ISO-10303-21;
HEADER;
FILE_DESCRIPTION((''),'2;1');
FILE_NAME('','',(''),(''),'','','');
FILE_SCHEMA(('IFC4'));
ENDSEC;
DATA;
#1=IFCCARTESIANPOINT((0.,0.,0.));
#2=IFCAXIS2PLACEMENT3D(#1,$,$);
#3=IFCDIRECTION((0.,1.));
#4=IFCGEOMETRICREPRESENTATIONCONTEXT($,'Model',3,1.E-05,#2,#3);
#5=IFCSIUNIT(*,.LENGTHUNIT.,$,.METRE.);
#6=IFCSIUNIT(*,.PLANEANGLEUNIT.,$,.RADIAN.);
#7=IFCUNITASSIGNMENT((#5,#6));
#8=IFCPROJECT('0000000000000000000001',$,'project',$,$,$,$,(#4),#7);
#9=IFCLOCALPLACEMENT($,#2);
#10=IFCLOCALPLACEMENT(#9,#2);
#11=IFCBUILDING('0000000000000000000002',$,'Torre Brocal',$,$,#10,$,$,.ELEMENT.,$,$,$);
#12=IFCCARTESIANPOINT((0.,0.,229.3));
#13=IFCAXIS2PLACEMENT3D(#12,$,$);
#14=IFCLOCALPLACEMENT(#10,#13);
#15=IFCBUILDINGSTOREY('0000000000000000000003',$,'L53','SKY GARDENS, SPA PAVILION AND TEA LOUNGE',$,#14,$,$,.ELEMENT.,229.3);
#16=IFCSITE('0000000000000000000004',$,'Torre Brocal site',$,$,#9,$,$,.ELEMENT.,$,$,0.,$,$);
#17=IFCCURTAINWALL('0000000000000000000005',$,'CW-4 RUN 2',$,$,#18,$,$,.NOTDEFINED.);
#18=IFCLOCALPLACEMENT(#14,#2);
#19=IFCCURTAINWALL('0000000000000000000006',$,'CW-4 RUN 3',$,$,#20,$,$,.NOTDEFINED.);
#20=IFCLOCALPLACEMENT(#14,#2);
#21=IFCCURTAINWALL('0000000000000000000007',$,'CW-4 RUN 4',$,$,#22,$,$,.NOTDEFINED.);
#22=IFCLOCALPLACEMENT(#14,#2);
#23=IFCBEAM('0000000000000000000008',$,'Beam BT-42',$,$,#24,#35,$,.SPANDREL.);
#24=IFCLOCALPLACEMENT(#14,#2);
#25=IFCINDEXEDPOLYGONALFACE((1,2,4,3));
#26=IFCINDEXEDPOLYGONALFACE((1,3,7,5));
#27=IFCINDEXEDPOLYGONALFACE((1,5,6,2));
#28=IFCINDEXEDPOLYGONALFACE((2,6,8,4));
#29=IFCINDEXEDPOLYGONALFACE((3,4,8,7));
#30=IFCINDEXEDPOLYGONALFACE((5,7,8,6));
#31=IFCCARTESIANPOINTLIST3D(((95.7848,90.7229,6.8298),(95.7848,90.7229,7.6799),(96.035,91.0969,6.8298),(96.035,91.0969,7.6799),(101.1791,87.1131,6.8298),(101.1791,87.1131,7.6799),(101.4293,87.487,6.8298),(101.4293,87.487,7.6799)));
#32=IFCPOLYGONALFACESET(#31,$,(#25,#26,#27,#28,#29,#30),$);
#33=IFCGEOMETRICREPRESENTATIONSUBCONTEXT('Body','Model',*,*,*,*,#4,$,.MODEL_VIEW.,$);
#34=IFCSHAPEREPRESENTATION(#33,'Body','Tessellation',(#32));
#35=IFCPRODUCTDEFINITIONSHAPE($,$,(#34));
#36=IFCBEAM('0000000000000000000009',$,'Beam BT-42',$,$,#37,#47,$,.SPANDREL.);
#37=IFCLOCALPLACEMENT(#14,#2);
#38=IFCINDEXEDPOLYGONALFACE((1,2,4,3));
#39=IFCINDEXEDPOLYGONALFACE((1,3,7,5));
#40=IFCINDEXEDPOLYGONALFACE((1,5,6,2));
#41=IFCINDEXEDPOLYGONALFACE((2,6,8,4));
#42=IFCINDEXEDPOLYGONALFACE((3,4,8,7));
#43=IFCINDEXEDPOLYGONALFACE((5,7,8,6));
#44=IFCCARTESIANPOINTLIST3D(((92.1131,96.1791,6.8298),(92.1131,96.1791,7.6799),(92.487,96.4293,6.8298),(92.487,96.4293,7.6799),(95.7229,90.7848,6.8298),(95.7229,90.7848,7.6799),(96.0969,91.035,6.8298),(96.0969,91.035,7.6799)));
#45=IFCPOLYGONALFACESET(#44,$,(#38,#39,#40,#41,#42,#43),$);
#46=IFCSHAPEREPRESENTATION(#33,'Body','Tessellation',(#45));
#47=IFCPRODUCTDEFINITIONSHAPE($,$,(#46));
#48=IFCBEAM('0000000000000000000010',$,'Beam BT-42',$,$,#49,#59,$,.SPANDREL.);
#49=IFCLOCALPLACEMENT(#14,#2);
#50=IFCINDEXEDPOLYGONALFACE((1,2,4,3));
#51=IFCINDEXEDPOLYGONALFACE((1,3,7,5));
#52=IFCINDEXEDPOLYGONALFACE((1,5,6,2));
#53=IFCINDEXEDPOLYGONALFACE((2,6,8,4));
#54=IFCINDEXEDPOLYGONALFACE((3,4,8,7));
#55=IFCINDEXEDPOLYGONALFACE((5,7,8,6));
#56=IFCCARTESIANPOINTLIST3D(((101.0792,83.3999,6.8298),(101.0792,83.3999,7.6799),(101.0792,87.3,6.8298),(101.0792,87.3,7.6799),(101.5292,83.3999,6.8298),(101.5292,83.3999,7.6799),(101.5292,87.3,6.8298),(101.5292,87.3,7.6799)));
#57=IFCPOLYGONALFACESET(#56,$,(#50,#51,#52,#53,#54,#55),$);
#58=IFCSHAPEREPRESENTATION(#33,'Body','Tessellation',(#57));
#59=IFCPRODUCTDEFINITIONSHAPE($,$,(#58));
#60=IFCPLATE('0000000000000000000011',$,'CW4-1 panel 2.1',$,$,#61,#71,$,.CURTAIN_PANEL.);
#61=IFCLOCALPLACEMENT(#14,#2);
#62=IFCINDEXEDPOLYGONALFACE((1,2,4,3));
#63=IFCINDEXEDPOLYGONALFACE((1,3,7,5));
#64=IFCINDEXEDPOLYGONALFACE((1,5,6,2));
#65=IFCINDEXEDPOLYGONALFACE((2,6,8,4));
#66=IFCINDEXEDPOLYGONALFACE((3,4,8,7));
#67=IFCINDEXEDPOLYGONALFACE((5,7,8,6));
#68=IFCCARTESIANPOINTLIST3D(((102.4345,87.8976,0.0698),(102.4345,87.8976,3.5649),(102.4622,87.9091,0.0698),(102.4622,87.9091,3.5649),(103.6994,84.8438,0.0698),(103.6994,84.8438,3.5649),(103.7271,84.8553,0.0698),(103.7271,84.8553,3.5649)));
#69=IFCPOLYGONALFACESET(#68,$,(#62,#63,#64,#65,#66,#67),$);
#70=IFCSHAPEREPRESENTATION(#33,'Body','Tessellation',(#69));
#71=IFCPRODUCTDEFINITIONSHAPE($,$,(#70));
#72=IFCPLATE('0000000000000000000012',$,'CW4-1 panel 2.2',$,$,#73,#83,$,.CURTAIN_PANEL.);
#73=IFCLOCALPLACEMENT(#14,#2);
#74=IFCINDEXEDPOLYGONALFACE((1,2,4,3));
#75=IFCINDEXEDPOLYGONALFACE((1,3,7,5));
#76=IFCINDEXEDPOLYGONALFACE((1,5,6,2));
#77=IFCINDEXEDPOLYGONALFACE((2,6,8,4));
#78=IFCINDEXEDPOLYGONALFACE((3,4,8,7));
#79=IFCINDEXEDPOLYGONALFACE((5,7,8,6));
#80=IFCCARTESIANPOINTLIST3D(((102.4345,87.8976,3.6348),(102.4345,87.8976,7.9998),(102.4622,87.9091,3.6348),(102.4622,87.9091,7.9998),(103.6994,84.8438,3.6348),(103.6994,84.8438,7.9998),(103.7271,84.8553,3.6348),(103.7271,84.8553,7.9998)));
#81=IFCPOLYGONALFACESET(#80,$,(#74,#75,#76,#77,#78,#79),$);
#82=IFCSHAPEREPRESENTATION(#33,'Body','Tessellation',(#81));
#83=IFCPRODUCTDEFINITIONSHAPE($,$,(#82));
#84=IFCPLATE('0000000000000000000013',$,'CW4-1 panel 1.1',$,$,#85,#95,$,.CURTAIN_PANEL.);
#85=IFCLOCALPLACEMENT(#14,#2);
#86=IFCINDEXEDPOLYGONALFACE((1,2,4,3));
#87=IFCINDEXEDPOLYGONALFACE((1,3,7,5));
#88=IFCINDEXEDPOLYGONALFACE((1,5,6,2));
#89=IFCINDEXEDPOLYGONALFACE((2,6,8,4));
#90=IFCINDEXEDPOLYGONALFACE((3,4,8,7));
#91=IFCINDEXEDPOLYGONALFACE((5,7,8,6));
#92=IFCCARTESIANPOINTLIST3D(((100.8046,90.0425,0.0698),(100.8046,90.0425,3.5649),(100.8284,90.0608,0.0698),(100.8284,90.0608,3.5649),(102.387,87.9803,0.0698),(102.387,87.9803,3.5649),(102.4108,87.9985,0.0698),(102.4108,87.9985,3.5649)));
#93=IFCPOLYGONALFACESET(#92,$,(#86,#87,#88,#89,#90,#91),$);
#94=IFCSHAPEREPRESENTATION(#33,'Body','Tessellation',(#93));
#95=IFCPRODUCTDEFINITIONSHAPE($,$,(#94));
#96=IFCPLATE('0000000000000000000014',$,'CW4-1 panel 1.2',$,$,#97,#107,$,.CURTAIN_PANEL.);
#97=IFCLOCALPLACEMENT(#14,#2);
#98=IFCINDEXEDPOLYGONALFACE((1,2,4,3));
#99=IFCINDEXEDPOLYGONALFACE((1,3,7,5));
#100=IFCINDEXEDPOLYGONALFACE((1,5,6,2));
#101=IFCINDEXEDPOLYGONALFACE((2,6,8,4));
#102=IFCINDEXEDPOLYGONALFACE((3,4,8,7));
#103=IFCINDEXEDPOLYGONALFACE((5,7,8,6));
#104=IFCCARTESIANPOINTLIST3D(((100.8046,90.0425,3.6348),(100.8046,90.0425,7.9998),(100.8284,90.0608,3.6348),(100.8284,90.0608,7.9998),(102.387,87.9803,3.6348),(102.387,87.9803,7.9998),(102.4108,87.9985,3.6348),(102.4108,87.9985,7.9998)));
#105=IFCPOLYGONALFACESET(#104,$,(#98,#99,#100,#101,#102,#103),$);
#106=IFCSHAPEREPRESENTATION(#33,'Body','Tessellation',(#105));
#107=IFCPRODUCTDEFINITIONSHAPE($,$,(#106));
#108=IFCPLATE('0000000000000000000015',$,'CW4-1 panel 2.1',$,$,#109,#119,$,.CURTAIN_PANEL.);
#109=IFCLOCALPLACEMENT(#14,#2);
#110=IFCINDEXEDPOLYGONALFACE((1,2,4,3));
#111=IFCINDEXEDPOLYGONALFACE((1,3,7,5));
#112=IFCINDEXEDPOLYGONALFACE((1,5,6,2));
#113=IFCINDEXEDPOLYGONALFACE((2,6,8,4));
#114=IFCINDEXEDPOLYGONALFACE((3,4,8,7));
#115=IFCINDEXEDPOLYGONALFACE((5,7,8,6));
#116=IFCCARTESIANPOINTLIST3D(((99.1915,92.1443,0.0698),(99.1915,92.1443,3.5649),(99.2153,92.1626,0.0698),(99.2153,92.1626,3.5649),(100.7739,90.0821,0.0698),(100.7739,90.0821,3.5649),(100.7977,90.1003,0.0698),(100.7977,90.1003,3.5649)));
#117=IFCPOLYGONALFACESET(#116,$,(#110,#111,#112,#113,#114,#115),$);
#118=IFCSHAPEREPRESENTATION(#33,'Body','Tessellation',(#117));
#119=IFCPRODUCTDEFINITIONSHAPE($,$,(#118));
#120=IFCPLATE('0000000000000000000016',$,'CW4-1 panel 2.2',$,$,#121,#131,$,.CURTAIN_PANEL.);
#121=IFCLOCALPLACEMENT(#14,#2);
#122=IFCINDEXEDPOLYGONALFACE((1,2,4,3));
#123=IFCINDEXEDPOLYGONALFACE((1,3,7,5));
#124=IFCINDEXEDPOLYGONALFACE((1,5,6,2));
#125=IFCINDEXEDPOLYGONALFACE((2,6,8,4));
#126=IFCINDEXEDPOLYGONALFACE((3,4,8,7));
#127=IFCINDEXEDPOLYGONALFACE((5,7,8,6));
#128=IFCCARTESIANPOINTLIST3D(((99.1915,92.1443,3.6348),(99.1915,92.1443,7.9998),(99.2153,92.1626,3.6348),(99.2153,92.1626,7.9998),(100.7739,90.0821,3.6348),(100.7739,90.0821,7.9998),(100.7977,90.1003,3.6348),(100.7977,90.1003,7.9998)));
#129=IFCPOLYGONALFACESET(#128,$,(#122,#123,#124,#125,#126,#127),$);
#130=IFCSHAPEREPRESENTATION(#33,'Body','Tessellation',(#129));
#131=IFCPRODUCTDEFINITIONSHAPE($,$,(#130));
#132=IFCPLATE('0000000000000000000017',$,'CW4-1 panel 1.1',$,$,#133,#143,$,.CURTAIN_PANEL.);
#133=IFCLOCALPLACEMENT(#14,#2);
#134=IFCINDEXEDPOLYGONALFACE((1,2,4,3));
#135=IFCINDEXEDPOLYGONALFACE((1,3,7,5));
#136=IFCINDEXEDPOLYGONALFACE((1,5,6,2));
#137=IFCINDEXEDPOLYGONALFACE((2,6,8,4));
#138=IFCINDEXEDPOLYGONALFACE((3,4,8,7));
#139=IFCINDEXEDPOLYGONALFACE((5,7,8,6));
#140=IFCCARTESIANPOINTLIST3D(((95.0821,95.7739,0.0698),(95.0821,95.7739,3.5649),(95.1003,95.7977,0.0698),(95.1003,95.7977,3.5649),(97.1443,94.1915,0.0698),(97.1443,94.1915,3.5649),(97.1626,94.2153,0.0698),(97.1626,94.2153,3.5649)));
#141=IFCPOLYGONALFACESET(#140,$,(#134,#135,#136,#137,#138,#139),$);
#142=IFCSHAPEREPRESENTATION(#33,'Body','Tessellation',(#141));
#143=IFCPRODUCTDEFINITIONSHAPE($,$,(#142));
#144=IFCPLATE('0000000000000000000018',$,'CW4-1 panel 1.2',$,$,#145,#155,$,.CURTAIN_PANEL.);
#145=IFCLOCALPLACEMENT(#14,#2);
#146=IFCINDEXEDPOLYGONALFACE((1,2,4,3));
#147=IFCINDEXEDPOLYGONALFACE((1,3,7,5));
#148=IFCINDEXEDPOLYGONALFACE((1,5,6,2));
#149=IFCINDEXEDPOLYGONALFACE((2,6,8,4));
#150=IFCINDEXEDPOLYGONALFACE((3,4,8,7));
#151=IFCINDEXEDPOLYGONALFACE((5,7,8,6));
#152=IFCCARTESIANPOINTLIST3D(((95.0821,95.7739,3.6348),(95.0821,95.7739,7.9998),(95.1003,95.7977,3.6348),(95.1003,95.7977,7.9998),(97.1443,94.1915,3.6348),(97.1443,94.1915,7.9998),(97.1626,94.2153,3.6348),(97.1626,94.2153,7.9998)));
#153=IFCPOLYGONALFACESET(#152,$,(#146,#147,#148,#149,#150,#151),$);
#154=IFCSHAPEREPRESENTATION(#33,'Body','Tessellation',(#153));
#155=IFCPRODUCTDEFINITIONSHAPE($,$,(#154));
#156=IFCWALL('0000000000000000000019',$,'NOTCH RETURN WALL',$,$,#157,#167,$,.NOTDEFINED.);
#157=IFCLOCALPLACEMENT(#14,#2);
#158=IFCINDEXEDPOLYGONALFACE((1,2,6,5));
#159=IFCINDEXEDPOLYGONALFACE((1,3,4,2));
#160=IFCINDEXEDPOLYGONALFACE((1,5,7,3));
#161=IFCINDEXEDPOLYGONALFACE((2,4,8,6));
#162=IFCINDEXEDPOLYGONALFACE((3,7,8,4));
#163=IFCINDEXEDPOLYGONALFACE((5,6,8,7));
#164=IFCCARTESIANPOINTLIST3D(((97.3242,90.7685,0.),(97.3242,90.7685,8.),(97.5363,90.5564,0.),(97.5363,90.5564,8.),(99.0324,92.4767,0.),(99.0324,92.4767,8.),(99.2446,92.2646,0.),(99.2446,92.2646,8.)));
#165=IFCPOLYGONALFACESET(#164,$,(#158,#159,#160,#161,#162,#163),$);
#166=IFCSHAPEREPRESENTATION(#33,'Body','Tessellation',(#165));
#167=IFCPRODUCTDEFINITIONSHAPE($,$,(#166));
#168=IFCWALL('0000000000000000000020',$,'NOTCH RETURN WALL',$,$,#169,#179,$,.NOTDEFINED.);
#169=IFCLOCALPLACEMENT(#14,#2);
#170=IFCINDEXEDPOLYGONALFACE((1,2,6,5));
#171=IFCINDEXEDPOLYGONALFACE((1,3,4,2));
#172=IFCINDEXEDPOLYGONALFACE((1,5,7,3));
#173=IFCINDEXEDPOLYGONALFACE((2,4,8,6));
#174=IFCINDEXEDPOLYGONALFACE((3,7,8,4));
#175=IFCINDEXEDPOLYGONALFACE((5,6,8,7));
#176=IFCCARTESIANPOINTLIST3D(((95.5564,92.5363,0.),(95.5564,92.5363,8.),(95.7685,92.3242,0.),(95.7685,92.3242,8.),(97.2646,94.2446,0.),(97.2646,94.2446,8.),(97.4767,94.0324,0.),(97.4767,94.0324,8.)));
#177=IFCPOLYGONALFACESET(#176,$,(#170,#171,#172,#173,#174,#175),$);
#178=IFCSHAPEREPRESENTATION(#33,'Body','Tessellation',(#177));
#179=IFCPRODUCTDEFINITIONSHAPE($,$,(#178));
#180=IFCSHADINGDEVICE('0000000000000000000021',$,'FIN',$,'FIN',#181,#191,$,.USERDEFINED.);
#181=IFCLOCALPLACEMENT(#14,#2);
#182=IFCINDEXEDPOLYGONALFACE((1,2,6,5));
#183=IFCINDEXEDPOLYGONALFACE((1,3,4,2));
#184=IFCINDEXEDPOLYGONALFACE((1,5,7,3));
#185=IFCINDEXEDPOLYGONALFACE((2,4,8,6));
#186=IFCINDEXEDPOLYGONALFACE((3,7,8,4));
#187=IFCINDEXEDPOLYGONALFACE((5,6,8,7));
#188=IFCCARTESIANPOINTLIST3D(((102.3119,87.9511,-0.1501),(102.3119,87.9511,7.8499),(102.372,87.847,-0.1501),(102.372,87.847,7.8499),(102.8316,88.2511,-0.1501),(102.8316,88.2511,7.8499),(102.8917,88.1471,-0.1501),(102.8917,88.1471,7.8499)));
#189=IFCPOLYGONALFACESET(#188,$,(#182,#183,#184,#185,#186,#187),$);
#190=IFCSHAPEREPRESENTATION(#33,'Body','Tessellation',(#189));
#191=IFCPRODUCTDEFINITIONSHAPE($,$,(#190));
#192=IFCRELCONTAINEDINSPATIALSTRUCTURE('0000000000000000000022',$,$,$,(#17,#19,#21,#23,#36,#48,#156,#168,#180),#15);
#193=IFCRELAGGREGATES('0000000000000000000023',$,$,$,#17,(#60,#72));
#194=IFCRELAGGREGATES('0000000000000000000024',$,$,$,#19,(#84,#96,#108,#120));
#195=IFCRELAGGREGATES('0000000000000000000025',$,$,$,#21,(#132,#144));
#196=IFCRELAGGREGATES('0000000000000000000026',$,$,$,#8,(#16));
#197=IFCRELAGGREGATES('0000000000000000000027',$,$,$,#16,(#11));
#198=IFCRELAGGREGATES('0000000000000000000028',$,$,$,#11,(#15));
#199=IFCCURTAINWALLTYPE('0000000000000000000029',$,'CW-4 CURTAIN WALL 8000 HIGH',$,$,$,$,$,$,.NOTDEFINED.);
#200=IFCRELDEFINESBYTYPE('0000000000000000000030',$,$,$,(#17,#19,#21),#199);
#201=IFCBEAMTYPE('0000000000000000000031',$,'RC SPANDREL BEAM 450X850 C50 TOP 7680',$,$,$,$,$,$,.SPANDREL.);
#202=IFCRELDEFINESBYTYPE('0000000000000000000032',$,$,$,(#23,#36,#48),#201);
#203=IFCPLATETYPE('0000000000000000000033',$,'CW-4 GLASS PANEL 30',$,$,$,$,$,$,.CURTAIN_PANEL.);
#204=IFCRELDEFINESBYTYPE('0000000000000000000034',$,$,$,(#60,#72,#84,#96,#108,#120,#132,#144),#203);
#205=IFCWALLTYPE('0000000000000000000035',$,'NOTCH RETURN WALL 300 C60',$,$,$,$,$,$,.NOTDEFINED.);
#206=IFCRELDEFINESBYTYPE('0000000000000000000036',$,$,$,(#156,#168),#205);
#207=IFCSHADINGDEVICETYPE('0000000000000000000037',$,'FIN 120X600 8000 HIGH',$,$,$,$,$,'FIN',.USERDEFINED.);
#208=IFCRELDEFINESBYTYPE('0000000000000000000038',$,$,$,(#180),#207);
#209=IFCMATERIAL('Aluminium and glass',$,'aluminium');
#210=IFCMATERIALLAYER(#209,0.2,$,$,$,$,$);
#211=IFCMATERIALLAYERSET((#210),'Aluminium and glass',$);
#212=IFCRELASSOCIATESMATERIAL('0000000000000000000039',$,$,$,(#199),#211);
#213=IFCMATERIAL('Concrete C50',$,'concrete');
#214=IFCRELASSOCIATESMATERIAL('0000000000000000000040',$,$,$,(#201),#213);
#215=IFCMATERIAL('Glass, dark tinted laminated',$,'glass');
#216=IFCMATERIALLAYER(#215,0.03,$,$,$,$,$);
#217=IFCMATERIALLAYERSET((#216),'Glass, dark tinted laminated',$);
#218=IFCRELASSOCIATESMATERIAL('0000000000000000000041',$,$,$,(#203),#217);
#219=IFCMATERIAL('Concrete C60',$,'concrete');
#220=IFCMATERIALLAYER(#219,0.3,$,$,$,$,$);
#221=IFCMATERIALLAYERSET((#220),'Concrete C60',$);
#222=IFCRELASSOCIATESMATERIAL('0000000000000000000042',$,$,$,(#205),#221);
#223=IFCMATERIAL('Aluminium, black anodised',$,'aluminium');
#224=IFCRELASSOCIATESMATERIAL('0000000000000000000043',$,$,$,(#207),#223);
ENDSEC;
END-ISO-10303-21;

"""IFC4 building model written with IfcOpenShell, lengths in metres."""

from ifc_helpers import new_model, si_unit, direction, frame, frame_2d, origin, origin_2d, place, context, subcontext, project, spatial, rectangle, extrude, material, layer, layer_set, material_profile, profile_set, type_object, element, aggregate, save


model = new_model("IFC4")

# Units and contexts
model_context = context("Model", 3, precision=1e-05, world=origin(), true_north=direction((0.0, 1.0)))
body_context = subcontext(model_context, "Body", "Model", "MODEL_VIEW")
ifc_project = project(units=[si_unit("LENGTHUNIT", "METRE"), si_unit("PLANEANGLEUNIT", "RADIAN")], contexts=[model_context])

# Site, building, storey
site_placement = place(None, origin())
site = spatial("IfcSite", under=ifc_project, at=site_placement, Name="Torre Brocal site", CompositionType="ELEMENT", RefElevation=0.0)
building_placement = place(site_placement, origin())
building = spatial("IfcBuilding", under=site, at=building_placement, Name="Torre Brocal", CompositionType="ELEMENT")
storey_placement = place(building_placement, frame((0.0, 0.0, 229.3)))
storey = spatial("IfcBuildingStorey", under=building, at=storey_placement, Name="L53", Description="SKY GARDENS, SPA PAVILION AND TEA LOUNGE", CompositionType="ELEMENT", Elevation=229.3)

# Curtain wall
ifc_material_1 = material(Name="Aluminium and glass", Category="aluminium")
ifc_layer_1 = layer(ifc_material_1, 0.2)
ifc_layer_set_1 = layer_set([ifc_layer_1], Name="Aluminium and glass")
curtain_wall_type = type_object("IfcCurtainWallType", Name="CW-4 CURTAIN WALL 8000 HIGH", PredefinedType="NOTDEFINED", material=ifc_layer_set_1)
curtain_wall_1_placement = place(storey_placement, origin())
curtain_wall_1 = element("IfcCurtainWall", 1, at=curtain_wall_1_placement, inside=storey, type_object=curtain_wall_type, Name="CW-4 RUN 2", PredefinedType="NOTDEFINED")

# Curtain wall
curtain_wall_2_placement = place(storey_placement, origin())
curtain_wall_2 = element("IfcCurtainWall", 2, at=curtain_wall_2_placement, inside=storey, type_object=curtain_wall_type, Name="CW-4 RUN 3", PredefinedType="NOTDEFINED")

# Curtain wall
curtain_wall_3_placement = place(storey_placement, origin())
curtain_wall_3 = element("IfcCurtainWall", 3, at=curtain_wall_3_placement, inside=storey, type_object=curtain_wall_type, Name="CW-4 RUN 4", PredefinedType="NOTDEFINED")

# Beams
ifc_material_2 = material(Name="Concrete C50", Category="concrete")
ifc_material_profile_1 = material_profile(ifc_material_2, rectangle(XDim=0.45, YDim=0.8501, at=origin_2d()), Name="RC 450X850")
ifc_profile_set_1 = profile_set([ifc_material_profile_1], Name="Concrete C50")
beam_type = type_object("IfcBeamType", Name="RC SPANDREL BEAM 450X850 C50 TOP 7680", PredefinedType="SPANDREL", material=ifc_profile_set_1)
for number, where, z_axis, x_axis, name in (
    (4, (101.3042, 87.3, 7.2549), (-0.831077, 0.556158, 0.0), (-0.556158, -0.831077, 0.0), "Beam BT-42"),
    (5, (95.9099, 90.9099, 7.2549), (-0.556158, 0.831077, 0.0), (-0.831077, -0.556158, 0.0), "Beam BT-42"),
):
    element("IfcBeam", number, at=place(storey_placement, frame(where, z_axis=z_axis, x_axis=x_axis)), inside=storey, type_object=beam_type, Name=name, PredefinedType="SPANDREL", context=body_context, shape_type="SweptSolid", body=[
        extrude(rectangle(XDim=0.45, YDim=0.8501, at=origin_2d()), origin(), (0.0, 0.0, 1.0), 6.4907),
    ])
beam_placement = place(storey_placement, frame((101.3042, 87.3, 7.2549), z_axis=(0.0, -1.0, 0.0), x_axis=(1.0, 0.0, 0.0)))
element("IfcBeam", 6, at=beam_placement, inside=storey, type_object=beam_type, Name="Beam BT-42", PredefinedType="SPANDREL", context=body_context, shape_type="SweptSolid", body=[
    extrude(rectangle(XDim=0.45, YDim=0.8501, at=origin_2d()), origin(), (0.0, 0.0, 1.0), 3.9001),
])

# Plates
ifc_material_3 = material(Name="Glass, dark tinted laminated", Category="glass")
ifc_layer_2 = layer(ifc_material_3, 0.03)
ifc_layer_set_2 = layer_set([ifc_layer_2], Name="Glass, dark tinted laminated")
plate_type = type_object("IfcPlateType", Name="CW-4 GLASS PANEL 30", PredefinedType="CURTAIN_PANEL", material=ifc_layer_set_2)
plate_1_placement = place(storey_placement, frame((103.0808, 86.3765, 0.0698), z_axis=(0.0, 0.0, 1.0), x_axis=(-0.382683, 0.92388, 0.0)))
plate_1 = element("IfcPlate", 7, at=plate_1_placement, type_object=plate_type, Name="CW4-1 panel 2.1", PredefinedType="CURTAIN_PANEL", context=body_context, shape_type="SweptSolid", body=[
    extrude(rectangle(XDim=3.3054, YDim=0.03, at=origin_2d()), origin(), (0.0, 0.0, 1.0), 3.4951),
])
plate_2_placement = place(storey_placement, frame((103.0808, 86.3765, 3.6348), z_axis=(0.0, 0.0, 1.0), x_axis=(-0.382683, 0.92388, 0.0)))
plate_2 = element("IfcPlate", 8, at=plate_2_placement, type_object=plate_type, Name="CW4-1 panel 2.2", PredefinedType="CURTAIN_PANEL", context=body_context, shape_type="SweptSolid", body=[
    extrude(rectangle(XDim=3.3054, YDim=0.03, at=origin_2d()), origin(), (0.0, 0.0, 1.0), 4.365),
])
aggregate(curtain_wall_1, [plate_1, plate_2])
plate_3_placement = place(storey_placement, frame((101.6077, 89.0205, 0.0698), z_axis=(0.0, 0.0, 1.0), x_axis=(-0.608761, 0.793353, 0.0)))
plate_3 = element("IfcPlate", 9, at=plate_3_placement, type_object=plate_type, Name="CW4-1 panel 1.1", PredefinedType="CURTAIN_PANEL", context=body_context, shape_type="SweptSolid", body=[
    extrude(rectangle(XDim=2.5994, YDim=0.03, at=origin_2d()), origin(), (0.0, 0.0, 1.0), 3.4951),
])
plate_4_placement = place(storey_placement, frame((101.6077, 89.0205, 3.6348), z_axis=(0.0, 0.0, 1.0), x_axis=(-0.608761, 0.793353, 0.0)))
plate_4 = element("IfcPlate", 10, at=plate_4_placement, type_object=plate_type, Name="CW4-1 panel 1.2", PredefinedType="CURTAIN_PANEL", context=body_context, shape_type="SweptSolid", body=[
    extrude(rectangle(XDim=2.5994, YDim=0.03, at=origin_2d()), origin(), (0.0, 0.0, 1.0), 4.365),
])
plate_5_placement = place(storey_placement, frame((99.9946, 91.1223, 0.0698), z_axis=(0.0, 0.0, 1.0), x_axis=(-0.608761, 0.793353, 0.0)))
plate_5 = element("IfcPlate", 11, at=plate_5_placement, type_object=plate_type, Name="CW4-1 panel 2.1", PredefinedType="CURTAIN_PANEL", context=body_context, shape_type="SweptSolid", body=[
    extrude(rectangle(XDim=2.5994, YDim=0.03, at=origin_2d()), origin(), (0.0, 0.0, 1.0), 3.4951),
])
plate_6_placement = place(storey_placement, frame((99.9946, 91.1223, 3.6348), z_axis=(0.0, 0.0, 1.0), x_axis=(-0.608761, 0.793353, 0.0)))
plate_6 = element("IfcPlate", 12, at=plate_6_placement, type_object=plate_type, Name="CW4-1 panel 2.2", PredefinedType="CURTAIN_PANEL", context=body_context, shape_type="SweptSolid", body=[
    extrude(rectangle(XDim=2.5994, YDim=0.03, at=origin_2d()), origin(), (0.0, 0.0, 1.0), 4.365),
])
aggregate(curtain_wall_2, [plate_3, plate_4, plate_5, plate_6])
plate_7_placement = place(storey_placement, frame((96.1223, 94.9946, 0.0698), z_axis=(0.0, 0.0, 1.0), x_axis=(-0.793353, 0.608761, 0.0)))
plate_7 = element("IfcPlate", 13, at=plate_7_placement, type_object=plate_type, Name="CW4-1 panel 1.1", PredefinedType="CURTAIN_PANEL", context=body_context, shape_type="SweptSolid", body=[
    extrude(rectangle(XDim=2.5994, YDim=0.03, at=origin_2d()), origin(), (0.0, 0.0, 1.0), 3.4951),
])
plate_8_placement = place(storey_placement, frame((96.1223, 94.9946, 3.6348), z_axis=(0.0, 0.0, 1.0), x_axis=(-0.793353, 0.608761, 0.0)))
plate_8 = element("IfcPlate", 14, at=plate_8_placement, type_object=plate_type, Name="CW4-1 panel 1.2", PredefinedType="CURTAIN_PANEL", context=body_context, shape_type="SweptSolid", body=[
    extrude(rectangle(XDim=2.5994, YDim=0.03, at=origin_2d()), origin(), (0.0, 0.0, 1.0), 4.365),
])
aggregate(curtain_wall_3, [plate_7, plate_8])

# Walls
ifc_material_4 = material(Name="Concrete C60", Category="concrete")
ifc_layer_3 = layer(ifc_material_4, 0.3)
ifc_layer_set_3 = layer_set([ifc_layer_3], Name="Concrete C60")
wall_type = type_object("IfcWallType", Name="NOTCH RETURN WALL 300 C60", PredefinedType="NOTDEFINED", material=ifc_layer_set_3)
for number, where, z_axis, x_axis, name in (
    (15, (97.4302, 90.6624, 0.0), (0.0, 0.0, 1.0), (0.707107, 0.707107, 0.0), "NOTCH RETURN WALL"),
    (16, (95.6624, 92.4302, 0.0), (0.0, 0.0, 1.0), (0.707107, 0.707107, 0.0), "NOTCH RETURN WALL"),
):
    element("IfcWall", number, at=place(storey_placement, frame(where, z_axis=z_axis, x_axis=x_axis)), inside=storey, type_object=wall_type, Name=name, PredefinedType="NOTDEFINED", context=body_context, shape_type="SweptSolid", body=[
        extrude(rectangle(XDim=2.4158, YDim=0.3, at=frame_2d((1.208, 0.0))), origin(), (0.0, 0.0, 1.0), 8.0),
    ])

# Shading device
ifc_material_5 = material(Name="Aluminium, black anodised", Category="aluminium")
ifc_material_profile_2 = material_profile(ifc_material_5, rectangle(XDim=0.1201, YDim=0.6001, at=origin_2d()), Name="FIN 120X600 8000 HIGH")
ifc_profile_set_2 = profile_set([ifc_material_profile_2], Name="Aluminium, black anodised")
shading_device_type = type_object("IfcShadingDeviceType", Name="FIN 120X600 8000 HIGH", ElementType="FIN", PredefinedType="USERDEFINED", material=ifc_profile_set_2)
shading_device_placement = place(storey_placement, frame((102.6018, 88.0491, -0.1501), z_axis=(0.0, 0.0, 1.0), x_axis=(-0.5, 0.866025, 0.0)))
element("IfcShadingDevice", 17, at=shading_device_placement, inside=storey, type_object=shading_device_type, Name="FIN", ObjectType="FIN", PredefinedType="USERDEFINED", context=body_context, shape_type="SweptSolid", body=[
    extrude(rectangle(XDim=0.1201, YDim=0.6001, at=origin_2d()), origin(), (0.0, 0.0, 1.0), 8.0),
])

save(model, "model.ifc")
